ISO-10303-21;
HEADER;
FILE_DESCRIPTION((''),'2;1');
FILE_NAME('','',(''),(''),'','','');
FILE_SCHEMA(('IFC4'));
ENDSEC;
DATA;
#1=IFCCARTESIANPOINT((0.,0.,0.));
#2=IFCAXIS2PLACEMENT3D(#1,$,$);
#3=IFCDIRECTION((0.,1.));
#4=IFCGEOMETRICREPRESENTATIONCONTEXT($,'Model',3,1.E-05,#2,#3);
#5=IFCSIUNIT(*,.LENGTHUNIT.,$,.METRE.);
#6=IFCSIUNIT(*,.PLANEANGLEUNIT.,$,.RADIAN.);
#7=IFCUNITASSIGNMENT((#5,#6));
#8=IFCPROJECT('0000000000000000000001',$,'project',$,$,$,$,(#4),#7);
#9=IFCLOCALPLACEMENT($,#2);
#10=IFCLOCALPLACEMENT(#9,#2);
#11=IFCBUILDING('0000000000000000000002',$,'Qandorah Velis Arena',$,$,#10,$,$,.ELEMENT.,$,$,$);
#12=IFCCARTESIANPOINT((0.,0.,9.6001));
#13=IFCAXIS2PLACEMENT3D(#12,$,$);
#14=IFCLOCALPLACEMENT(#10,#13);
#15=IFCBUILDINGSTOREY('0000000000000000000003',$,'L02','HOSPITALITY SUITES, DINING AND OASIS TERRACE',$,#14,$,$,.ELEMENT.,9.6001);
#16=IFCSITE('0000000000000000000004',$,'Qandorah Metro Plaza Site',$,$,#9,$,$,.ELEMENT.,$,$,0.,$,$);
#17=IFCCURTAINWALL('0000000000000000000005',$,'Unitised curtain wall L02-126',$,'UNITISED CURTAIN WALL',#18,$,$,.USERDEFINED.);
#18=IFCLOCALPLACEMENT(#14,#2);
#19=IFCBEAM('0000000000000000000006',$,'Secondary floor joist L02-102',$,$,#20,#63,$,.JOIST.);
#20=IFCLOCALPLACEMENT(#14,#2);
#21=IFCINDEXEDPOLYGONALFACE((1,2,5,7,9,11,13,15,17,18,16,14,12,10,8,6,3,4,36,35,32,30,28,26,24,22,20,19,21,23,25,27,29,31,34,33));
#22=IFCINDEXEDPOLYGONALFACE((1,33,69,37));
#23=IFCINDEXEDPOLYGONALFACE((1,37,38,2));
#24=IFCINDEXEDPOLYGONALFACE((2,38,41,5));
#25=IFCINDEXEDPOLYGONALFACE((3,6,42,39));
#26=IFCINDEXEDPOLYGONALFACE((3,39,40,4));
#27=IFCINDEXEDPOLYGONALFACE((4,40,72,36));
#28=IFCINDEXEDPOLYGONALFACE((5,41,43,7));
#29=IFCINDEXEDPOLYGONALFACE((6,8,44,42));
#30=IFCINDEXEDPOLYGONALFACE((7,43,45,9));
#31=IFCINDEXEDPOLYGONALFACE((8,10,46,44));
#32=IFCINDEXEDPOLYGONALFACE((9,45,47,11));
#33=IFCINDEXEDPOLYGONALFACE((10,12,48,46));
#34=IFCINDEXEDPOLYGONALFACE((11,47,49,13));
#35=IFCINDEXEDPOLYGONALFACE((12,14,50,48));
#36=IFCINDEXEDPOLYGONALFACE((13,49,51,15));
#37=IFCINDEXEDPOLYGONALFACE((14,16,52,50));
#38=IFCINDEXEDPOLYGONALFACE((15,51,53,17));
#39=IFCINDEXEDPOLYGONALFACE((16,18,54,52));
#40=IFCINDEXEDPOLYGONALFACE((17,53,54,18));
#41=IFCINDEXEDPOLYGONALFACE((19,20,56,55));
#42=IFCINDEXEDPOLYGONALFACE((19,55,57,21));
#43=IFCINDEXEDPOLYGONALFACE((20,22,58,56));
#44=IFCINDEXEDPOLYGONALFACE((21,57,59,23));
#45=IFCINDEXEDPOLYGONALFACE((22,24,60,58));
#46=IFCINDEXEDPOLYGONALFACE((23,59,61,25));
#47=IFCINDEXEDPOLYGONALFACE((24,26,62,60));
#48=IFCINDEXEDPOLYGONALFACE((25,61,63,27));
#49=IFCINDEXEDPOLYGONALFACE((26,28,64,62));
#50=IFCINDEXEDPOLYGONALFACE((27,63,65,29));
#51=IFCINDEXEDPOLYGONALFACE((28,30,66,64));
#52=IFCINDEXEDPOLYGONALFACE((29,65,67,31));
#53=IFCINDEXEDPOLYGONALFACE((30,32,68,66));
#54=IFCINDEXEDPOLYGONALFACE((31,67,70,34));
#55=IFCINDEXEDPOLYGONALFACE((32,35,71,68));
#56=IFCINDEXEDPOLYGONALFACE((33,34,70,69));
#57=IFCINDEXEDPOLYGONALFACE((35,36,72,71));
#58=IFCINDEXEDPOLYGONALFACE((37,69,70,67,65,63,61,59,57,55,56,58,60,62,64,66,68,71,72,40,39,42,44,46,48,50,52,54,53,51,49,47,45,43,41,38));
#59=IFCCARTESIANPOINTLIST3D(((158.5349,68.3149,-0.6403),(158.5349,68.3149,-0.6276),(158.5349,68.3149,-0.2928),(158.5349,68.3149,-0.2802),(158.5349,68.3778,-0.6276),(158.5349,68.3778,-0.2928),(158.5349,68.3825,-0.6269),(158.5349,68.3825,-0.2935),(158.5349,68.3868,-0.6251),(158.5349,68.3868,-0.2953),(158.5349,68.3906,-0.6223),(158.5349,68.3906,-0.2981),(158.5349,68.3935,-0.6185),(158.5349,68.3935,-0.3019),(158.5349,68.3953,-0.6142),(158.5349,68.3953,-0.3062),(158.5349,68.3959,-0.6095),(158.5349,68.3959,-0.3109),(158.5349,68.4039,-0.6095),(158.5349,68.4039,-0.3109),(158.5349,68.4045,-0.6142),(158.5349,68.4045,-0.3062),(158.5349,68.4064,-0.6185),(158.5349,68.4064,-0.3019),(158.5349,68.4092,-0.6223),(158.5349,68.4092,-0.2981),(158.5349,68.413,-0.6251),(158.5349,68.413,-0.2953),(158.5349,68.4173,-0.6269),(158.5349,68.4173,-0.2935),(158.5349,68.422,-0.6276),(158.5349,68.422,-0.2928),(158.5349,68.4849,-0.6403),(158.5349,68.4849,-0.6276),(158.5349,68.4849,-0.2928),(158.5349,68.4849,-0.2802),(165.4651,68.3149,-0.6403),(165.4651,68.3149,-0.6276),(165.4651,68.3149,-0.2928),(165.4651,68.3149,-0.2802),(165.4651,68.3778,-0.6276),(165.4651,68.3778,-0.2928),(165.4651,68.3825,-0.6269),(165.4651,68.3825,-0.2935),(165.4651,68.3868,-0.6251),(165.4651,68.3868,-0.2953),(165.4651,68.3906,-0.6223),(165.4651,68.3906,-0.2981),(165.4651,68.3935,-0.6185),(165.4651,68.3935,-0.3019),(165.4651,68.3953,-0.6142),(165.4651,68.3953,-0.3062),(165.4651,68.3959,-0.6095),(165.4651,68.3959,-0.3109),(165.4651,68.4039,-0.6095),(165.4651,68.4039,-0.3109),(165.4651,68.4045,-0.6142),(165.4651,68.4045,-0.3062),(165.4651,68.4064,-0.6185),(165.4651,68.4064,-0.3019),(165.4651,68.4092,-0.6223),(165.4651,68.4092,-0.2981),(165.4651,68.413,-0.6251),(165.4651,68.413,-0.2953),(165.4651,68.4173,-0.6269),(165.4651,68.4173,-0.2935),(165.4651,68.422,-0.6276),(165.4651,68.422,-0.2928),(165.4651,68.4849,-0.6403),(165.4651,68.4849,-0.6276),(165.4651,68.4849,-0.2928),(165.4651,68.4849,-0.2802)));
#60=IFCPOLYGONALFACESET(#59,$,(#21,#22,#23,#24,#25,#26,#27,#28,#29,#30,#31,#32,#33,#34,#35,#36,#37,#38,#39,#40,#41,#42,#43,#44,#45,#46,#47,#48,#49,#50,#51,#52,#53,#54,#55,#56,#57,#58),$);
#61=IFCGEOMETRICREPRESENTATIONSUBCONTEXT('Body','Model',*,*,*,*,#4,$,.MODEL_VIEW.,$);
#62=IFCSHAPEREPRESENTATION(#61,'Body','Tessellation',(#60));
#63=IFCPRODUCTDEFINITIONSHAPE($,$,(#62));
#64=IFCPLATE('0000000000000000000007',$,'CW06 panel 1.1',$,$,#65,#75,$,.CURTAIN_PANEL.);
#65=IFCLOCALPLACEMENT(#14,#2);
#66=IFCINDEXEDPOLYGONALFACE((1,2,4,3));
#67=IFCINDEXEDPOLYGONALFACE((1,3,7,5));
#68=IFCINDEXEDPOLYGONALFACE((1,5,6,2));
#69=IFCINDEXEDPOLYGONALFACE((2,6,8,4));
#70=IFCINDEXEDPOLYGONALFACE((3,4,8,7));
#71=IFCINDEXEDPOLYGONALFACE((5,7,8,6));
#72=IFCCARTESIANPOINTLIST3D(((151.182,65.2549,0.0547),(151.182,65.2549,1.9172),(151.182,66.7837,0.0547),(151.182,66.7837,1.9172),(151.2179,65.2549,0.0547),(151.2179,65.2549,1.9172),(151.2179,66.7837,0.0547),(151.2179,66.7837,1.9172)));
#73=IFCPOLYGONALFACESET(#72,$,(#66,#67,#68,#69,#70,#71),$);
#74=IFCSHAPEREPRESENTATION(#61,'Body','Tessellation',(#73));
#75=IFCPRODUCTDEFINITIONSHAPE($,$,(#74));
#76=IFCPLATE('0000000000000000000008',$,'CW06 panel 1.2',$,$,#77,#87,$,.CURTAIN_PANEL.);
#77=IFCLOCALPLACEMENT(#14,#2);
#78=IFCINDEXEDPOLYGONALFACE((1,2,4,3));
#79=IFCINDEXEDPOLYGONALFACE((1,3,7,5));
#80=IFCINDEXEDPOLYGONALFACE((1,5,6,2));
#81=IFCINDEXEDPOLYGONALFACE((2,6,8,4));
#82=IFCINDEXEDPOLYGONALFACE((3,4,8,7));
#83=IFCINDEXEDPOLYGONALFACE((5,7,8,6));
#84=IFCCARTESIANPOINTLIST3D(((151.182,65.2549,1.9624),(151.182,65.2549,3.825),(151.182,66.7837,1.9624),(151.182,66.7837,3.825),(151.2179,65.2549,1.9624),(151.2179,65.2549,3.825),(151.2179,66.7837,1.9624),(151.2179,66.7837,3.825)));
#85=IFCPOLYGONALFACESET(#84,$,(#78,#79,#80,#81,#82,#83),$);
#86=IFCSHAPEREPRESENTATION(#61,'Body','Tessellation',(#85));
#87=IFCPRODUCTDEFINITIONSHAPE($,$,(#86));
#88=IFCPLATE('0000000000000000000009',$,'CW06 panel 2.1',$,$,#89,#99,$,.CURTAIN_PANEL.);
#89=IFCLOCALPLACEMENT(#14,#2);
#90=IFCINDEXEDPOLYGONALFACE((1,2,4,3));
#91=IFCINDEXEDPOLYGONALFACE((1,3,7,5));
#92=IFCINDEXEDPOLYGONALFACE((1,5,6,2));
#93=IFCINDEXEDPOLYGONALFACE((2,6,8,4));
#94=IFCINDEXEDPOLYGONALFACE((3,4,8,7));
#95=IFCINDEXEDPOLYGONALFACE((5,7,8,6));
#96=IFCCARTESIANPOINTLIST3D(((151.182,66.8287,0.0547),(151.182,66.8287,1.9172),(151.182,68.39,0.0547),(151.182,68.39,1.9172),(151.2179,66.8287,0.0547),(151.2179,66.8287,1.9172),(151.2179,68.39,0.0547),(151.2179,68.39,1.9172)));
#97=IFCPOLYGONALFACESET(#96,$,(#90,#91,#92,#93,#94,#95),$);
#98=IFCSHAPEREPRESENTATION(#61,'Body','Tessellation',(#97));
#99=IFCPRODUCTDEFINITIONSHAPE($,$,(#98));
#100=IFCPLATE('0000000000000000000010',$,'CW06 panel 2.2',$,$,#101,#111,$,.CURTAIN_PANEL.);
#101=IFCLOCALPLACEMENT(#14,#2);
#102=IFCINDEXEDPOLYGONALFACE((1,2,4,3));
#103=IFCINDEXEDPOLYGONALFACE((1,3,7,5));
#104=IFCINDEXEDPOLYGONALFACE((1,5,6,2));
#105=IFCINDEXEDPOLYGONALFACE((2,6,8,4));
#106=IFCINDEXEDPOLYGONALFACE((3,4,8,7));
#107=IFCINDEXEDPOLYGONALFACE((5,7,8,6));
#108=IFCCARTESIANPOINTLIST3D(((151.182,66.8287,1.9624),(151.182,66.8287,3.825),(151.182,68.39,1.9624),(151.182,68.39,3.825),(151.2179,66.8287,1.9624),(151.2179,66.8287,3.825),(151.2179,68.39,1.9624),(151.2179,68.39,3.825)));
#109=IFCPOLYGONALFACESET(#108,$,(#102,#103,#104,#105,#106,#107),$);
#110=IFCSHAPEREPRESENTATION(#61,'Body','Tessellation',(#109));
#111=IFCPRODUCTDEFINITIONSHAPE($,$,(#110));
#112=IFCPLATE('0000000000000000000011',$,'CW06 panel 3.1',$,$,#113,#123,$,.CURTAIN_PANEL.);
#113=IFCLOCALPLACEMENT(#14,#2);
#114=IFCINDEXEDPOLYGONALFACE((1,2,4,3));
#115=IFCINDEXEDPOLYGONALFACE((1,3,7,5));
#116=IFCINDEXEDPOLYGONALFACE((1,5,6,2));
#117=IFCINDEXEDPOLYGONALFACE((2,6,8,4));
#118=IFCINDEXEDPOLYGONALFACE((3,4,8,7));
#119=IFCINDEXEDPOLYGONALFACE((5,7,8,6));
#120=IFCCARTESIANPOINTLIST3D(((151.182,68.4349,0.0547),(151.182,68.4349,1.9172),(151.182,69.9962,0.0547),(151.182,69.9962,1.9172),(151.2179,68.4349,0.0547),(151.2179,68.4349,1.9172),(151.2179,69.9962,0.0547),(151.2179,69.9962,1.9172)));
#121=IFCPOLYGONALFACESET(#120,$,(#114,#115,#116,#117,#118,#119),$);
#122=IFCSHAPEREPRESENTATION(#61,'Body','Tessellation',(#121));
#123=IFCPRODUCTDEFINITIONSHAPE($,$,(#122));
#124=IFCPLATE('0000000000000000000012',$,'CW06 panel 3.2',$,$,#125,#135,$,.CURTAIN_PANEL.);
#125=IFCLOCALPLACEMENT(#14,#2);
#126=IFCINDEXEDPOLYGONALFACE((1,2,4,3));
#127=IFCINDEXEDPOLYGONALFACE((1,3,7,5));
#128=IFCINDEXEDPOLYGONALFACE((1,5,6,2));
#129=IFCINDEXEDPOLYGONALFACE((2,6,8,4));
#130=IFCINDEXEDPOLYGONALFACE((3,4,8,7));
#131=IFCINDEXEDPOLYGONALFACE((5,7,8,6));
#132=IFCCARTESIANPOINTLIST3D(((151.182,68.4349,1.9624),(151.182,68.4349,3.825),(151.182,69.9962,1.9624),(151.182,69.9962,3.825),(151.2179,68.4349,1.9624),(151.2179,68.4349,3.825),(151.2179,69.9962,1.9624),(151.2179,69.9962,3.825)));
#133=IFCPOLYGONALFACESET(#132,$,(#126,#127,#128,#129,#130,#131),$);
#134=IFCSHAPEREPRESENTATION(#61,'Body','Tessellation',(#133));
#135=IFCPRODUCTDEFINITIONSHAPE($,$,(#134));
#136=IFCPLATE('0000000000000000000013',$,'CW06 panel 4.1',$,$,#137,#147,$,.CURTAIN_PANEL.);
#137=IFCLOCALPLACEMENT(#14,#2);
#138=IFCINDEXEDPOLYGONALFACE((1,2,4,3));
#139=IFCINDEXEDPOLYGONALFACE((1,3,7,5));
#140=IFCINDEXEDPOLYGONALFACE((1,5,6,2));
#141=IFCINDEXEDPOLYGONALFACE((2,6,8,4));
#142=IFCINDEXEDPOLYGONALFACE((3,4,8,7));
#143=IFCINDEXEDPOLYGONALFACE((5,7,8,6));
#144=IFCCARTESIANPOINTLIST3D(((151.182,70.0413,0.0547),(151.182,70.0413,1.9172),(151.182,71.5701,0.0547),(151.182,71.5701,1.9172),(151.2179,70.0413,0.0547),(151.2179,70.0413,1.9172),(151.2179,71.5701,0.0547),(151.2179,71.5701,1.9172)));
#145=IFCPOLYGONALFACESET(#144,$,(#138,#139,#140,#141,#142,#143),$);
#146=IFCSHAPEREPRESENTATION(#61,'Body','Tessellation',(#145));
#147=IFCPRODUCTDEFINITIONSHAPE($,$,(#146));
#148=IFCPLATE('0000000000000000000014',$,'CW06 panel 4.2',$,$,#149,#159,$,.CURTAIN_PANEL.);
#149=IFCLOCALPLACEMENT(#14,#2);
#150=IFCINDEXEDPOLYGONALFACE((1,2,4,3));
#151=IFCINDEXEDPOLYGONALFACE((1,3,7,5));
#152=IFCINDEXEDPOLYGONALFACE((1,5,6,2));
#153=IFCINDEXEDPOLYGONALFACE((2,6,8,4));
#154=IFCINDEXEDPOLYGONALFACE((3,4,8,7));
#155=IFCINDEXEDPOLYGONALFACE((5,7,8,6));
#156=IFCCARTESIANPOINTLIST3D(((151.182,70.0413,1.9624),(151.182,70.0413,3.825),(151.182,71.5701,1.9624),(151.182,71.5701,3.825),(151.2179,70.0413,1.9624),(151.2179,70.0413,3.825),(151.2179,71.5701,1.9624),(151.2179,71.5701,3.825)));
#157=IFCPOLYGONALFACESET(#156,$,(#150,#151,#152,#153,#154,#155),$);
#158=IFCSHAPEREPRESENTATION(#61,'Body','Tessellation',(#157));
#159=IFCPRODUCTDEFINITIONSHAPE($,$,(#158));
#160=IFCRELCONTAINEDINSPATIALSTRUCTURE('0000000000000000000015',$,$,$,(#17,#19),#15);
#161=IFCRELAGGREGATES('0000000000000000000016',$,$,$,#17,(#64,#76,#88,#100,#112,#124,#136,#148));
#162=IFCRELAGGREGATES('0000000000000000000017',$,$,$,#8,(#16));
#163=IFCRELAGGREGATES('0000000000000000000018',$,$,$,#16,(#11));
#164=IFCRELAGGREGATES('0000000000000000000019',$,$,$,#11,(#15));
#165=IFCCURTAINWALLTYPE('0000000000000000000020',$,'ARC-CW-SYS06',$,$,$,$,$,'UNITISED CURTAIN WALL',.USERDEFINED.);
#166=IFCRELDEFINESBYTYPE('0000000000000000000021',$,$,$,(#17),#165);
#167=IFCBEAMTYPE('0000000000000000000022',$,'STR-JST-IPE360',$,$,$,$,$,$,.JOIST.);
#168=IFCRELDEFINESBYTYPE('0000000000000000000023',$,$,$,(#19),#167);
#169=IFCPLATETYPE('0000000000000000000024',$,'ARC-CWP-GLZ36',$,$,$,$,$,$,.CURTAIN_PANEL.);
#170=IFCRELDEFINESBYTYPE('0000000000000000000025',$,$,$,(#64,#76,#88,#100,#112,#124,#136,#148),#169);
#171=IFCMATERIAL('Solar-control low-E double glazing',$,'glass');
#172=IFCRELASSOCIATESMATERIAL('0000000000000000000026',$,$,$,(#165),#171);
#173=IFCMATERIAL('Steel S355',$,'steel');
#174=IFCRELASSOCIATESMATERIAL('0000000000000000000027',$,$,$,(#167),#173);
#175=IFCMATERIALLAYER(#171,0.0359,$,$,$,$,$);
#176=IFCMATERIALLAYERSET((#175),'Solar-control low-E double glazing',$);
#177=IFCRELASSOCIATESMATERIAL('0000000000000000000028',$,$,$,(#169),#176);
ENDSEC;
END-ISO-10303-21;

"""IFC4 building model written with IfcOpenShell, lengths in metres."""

from ifc_helpers import new_model, si_unit, direction, frame, origin, origin_2d, place, context, subcontext, project, spatial, rectangle, i_section, extrude, material, layer, layer_set, material_profile, profile_set, type_object, element, aggregate, save


model = new_model("IFC4")

# Units and contexts
model_context = context("Model", 3, precision=1e-05, world=origin(), true_north=direction((0.0, 1.0)))
body_context = subcontext(model_context, "Body", "Model", "MODEL_VIEW")
ifc_project = project(units=[si_unit("LENGTHUNIT", "METRE"), si_unit("PLANEANGLEUNIT", "RADIAN")], contexts=[model_context])

# Site, building, storey
site_placement = place(None, origin())
site = spatial("IfcSite", under=ifc_project, at=site_placement, Name="Qandorah Metro Plaza Site", CompositionType="ELEMENT", RefElevation=0.0)
building_placement = place(site_placement, origin())
building = spatial("IfcBuilding", under=site, at=building_placement, Name="Qandorah Velis Arena", CompositionType="ELEMENT")
storey_placement = place(building_placement, frame((0.0, 0.0, 9.6001)))
storey = spatial("IfcBuildingStorey", under=building, at=storey_placement, Name="L02", Description="HOSPITALITY SUITES, DINING AND OASIS TERRACE", CompositionType="ELEMENT", Elevation=9.6001)

# Shared definitions
ifc_material_1 = material(Name="Solar-control low-E double glazing", Category="glass")

# Curtain wall
curtain_wall_type_1 = type_object("IfcCurtainWallType", Name="ARC-CW-SYS06", ElementType="UNITISED CURTAIN WALL", PredefinedType="USERDEFINED", material=ifc_material_1)
curtain_wall_1_placement = place(storey_placement, origin())
curtain_wall_1 = element("IfcCurtainWall", 1, at=curtain_wall_1_placement, inside=storey, type_object=curtain_wall_type_1, Name="Unitised curtain wall L02-126", ObjectType="UNITISED CURTAIN WALL", PredefinedType="USERDEFINED")

# Beam
ifc_material_2 = material(Name="Steel S355", Category="steel")
ifc_material_profile_1 = material_profile(ifc_material_2, i_section(OverallWidth=0.1699, OverallDepth=0.3601, WebThickness=0.0081, FlangeThickness=0.0127, FilletRadius=0.0181, at=origin_2d()), Name="IPE 360")
ifc_profile_set_1 = profile_set([ifc_material_profile_1], Name="Steel S355")
beam_type_1 = type_object("IfcBeamType", Name="STR-JST-IPE360", PredefinedType="JOIST", material=ifc_profile_set_1)
beam_1_placement = place(storey_placement, frame((158.5349, 68.3999, -0.4602), z_axis=(1.0, 0.0, 0.0), x_axis=(0.0, 1.0, 0.0)))
element("IfcBeam", 2, at=beam_1_placement, inside=storey, type_object=beam_type_1, Name="Secondary floor joist L02-102", PredefinedType="JOIST", context=body_context, shape_type="SweptSolid", body=[
    extrude(i_section(OverallWidth=0.1699, OverallDepth=0.3601, WebThickness=0.0081, FlangeThickness=0.0127, FilletRadius=0.0181, at=origin_2d()), origin(), (0.0, 0.0, 1.0), 6.9302),
])

# Plates
ifc_layer_1 = layer(ifc_material_1, 0.0359)
ifc_layer_set_1 = layer_set([ifc_layer_1], Name="Solar-control low-E double glazing")
plate_type = type_object("IfcPlateType", Name="ARC-CWP-GLZ36", PredefinedType="CURTAIN_PANEL", material=ifc_layer_set_1)
plate_1_placement = place(storey_placement, frame((151.2, 66.0193, 0.0547), z_axis=(0.0, 0.0, 1.0), x_axis=(0.0, 1.0, 0.0)))
plate_1 = element("IfcPlate", 3, at=plate_1_placement, type_object=plate_type, Name="CW06 panel 1.1", PredefinedType="CURTAIN_PANEL", context=body_context, shape_type="SweptSolid", body=[
    extrude(rectangle(XDim=1.5288, YDim=0.0359, at=origin_2d()), origin(), (0.0, 0.0, 1.0), 1.8625),
])
plate_2_placement = place(storey_placement, frame((151.2, 66.0193, 1.9624), z_axis=(0.0, 0.0, 1.0), x_axis=(0.0, 1.0, 0.0)))
plate_2 = element("IfcPlate", 4, at=plate_2_placement, type_object=plate_type, Name="CW06 panel 1.2", PredefinedType="CURTAIN_PANEL", context=body_context, shape_type="SweptSolid", body=[
    extrude(rectangle(XDim=1.5288, YDim=0.0359, at=origin_2d()), origin(), (0.0, 0.0, 1.0), 1.8625),
])
plate_3_placement = place(storey_placement, frame((151.2, 67.6094, 0.0547), z_axis=(0.0, 0.0, 1.0), x_axis=(0.0, 1.0, 0.0)))
plate_3 = element("IfcPlate", 5, at=plate_3_placement, type_object=plate_type, Name="CW06 panel 2.1", PredefinedType="CURTAIN_PANEL", context=body_context, shape_type="SweptSolid", body=[
    extrude(rectangle(XDim=1.5613, YDim=0.0359, at=origin_2d()), origin(), (0.0, 0.0, 1.0), 1.8625),
])
plate_4_placement = place(storey_placement, frame((151.2, 67.6094, 1.9624), z_axis=(0.0, 0.0, 1.0), x_axis=(0.0, 1.0, 0.0)))
plate_4 = element("IfcPlate", 6, at=plate_4_placement, type_object=plate_type, Name="CW06 panel 2.2", PredefinedType="CURTAIN_PANEL", context=body_context, shape_type="SweptSolid", body=[
    extrude(rectangle(XDim=1.5613, YDim=0.0359, at=origin_2d()), origin(), (0.0, 0.0, 1.0), 1.8625),
])
plate_5_placement = place(storey_placement, frame((151.2, 69.2156, 0.0547), z_axis=(0.0, 0.0, 1.0), x_axis=(0.0, 1.0, 0.0)))
plate_5 = element("IfcPlate", 7, at=plate_5_placement, type_object=plate_type, Name="CW06 panel 3.1", PredefinedType="CURTAIN_PANEL", context=body_context, shape_type="SweptSolid", body=[
    extrude(rectangle(XDim=1.5613, YDim=0.0359, at=origin_2d()), origin(), (0.0, 0.0, 1.0), 1.8625),
])
plate_6_placement = place(storey_placement, frame((151.2, 69.2156, 1.9624), z_axis=(0.0, 0.0, 1.0), x_axis=(0.0, 1.0, 0.0)))
plate_6 = element("IfcPlate", 8, at=plate_6_placement, type_object=plate_type, Name="CW06 panel 3.2", PredefinedType="CURTAIN_PANEL", context=body_context, shape_type="SweptSolid", body=[
    extrude(rectangle(XDim=1.5613, YDim=0.0359, at=origin_2d()), origin(), (0.0, 0.0, 1.0), 1.8625),
])
plate_7_placement = place(storey_placement, frame((151.2, 70.8057, 0.0547), z_axis=(0.0, 0.0, 1.0), x_axis=(0.0, 1.0, 0.0)))
plate_7 = element("IfcPlate", 9, at=plate_7_placement, type_object=plate_type, Name="CW06 panel 4.1", PredefinedType="CURTAIN_PANEL", context=body_context, shape_type="SweptSolid", body=[
    extrude(rectangle(XDim=1.5288, YDim=0.0359, at=origin_2d()), origin(), (0.0, 0.0, 1.0), 1.8625),
])
plate_8_placement = place(storey_placement, frame((151.2, 70.8057, 1.9624), z_axis=(0.0, 0.0, 1.0), x_axis=(0.0, 1.0, 0.0)))
plate_8 = element("IfcPlate", 10, at=plate_8_placement, type_object=plate_type, Name="CW06 panel 4.2", PredefinedType="CURTAIN_PANEL", context=body_context, shape_type="SweptSolid", body=[
    extrude(rectangle(XDim=1.5288, YDim=0.0359, at=origin_2d()), origin(), (0.0, 0.0, 1.0), 1.8625),
])
aggregate(curtain_wall_1, [plate_1, plate_2, plate_3, plate_4, plate_5, plate_6, plate_7, plate_8])

save(model, "model.ifc")
